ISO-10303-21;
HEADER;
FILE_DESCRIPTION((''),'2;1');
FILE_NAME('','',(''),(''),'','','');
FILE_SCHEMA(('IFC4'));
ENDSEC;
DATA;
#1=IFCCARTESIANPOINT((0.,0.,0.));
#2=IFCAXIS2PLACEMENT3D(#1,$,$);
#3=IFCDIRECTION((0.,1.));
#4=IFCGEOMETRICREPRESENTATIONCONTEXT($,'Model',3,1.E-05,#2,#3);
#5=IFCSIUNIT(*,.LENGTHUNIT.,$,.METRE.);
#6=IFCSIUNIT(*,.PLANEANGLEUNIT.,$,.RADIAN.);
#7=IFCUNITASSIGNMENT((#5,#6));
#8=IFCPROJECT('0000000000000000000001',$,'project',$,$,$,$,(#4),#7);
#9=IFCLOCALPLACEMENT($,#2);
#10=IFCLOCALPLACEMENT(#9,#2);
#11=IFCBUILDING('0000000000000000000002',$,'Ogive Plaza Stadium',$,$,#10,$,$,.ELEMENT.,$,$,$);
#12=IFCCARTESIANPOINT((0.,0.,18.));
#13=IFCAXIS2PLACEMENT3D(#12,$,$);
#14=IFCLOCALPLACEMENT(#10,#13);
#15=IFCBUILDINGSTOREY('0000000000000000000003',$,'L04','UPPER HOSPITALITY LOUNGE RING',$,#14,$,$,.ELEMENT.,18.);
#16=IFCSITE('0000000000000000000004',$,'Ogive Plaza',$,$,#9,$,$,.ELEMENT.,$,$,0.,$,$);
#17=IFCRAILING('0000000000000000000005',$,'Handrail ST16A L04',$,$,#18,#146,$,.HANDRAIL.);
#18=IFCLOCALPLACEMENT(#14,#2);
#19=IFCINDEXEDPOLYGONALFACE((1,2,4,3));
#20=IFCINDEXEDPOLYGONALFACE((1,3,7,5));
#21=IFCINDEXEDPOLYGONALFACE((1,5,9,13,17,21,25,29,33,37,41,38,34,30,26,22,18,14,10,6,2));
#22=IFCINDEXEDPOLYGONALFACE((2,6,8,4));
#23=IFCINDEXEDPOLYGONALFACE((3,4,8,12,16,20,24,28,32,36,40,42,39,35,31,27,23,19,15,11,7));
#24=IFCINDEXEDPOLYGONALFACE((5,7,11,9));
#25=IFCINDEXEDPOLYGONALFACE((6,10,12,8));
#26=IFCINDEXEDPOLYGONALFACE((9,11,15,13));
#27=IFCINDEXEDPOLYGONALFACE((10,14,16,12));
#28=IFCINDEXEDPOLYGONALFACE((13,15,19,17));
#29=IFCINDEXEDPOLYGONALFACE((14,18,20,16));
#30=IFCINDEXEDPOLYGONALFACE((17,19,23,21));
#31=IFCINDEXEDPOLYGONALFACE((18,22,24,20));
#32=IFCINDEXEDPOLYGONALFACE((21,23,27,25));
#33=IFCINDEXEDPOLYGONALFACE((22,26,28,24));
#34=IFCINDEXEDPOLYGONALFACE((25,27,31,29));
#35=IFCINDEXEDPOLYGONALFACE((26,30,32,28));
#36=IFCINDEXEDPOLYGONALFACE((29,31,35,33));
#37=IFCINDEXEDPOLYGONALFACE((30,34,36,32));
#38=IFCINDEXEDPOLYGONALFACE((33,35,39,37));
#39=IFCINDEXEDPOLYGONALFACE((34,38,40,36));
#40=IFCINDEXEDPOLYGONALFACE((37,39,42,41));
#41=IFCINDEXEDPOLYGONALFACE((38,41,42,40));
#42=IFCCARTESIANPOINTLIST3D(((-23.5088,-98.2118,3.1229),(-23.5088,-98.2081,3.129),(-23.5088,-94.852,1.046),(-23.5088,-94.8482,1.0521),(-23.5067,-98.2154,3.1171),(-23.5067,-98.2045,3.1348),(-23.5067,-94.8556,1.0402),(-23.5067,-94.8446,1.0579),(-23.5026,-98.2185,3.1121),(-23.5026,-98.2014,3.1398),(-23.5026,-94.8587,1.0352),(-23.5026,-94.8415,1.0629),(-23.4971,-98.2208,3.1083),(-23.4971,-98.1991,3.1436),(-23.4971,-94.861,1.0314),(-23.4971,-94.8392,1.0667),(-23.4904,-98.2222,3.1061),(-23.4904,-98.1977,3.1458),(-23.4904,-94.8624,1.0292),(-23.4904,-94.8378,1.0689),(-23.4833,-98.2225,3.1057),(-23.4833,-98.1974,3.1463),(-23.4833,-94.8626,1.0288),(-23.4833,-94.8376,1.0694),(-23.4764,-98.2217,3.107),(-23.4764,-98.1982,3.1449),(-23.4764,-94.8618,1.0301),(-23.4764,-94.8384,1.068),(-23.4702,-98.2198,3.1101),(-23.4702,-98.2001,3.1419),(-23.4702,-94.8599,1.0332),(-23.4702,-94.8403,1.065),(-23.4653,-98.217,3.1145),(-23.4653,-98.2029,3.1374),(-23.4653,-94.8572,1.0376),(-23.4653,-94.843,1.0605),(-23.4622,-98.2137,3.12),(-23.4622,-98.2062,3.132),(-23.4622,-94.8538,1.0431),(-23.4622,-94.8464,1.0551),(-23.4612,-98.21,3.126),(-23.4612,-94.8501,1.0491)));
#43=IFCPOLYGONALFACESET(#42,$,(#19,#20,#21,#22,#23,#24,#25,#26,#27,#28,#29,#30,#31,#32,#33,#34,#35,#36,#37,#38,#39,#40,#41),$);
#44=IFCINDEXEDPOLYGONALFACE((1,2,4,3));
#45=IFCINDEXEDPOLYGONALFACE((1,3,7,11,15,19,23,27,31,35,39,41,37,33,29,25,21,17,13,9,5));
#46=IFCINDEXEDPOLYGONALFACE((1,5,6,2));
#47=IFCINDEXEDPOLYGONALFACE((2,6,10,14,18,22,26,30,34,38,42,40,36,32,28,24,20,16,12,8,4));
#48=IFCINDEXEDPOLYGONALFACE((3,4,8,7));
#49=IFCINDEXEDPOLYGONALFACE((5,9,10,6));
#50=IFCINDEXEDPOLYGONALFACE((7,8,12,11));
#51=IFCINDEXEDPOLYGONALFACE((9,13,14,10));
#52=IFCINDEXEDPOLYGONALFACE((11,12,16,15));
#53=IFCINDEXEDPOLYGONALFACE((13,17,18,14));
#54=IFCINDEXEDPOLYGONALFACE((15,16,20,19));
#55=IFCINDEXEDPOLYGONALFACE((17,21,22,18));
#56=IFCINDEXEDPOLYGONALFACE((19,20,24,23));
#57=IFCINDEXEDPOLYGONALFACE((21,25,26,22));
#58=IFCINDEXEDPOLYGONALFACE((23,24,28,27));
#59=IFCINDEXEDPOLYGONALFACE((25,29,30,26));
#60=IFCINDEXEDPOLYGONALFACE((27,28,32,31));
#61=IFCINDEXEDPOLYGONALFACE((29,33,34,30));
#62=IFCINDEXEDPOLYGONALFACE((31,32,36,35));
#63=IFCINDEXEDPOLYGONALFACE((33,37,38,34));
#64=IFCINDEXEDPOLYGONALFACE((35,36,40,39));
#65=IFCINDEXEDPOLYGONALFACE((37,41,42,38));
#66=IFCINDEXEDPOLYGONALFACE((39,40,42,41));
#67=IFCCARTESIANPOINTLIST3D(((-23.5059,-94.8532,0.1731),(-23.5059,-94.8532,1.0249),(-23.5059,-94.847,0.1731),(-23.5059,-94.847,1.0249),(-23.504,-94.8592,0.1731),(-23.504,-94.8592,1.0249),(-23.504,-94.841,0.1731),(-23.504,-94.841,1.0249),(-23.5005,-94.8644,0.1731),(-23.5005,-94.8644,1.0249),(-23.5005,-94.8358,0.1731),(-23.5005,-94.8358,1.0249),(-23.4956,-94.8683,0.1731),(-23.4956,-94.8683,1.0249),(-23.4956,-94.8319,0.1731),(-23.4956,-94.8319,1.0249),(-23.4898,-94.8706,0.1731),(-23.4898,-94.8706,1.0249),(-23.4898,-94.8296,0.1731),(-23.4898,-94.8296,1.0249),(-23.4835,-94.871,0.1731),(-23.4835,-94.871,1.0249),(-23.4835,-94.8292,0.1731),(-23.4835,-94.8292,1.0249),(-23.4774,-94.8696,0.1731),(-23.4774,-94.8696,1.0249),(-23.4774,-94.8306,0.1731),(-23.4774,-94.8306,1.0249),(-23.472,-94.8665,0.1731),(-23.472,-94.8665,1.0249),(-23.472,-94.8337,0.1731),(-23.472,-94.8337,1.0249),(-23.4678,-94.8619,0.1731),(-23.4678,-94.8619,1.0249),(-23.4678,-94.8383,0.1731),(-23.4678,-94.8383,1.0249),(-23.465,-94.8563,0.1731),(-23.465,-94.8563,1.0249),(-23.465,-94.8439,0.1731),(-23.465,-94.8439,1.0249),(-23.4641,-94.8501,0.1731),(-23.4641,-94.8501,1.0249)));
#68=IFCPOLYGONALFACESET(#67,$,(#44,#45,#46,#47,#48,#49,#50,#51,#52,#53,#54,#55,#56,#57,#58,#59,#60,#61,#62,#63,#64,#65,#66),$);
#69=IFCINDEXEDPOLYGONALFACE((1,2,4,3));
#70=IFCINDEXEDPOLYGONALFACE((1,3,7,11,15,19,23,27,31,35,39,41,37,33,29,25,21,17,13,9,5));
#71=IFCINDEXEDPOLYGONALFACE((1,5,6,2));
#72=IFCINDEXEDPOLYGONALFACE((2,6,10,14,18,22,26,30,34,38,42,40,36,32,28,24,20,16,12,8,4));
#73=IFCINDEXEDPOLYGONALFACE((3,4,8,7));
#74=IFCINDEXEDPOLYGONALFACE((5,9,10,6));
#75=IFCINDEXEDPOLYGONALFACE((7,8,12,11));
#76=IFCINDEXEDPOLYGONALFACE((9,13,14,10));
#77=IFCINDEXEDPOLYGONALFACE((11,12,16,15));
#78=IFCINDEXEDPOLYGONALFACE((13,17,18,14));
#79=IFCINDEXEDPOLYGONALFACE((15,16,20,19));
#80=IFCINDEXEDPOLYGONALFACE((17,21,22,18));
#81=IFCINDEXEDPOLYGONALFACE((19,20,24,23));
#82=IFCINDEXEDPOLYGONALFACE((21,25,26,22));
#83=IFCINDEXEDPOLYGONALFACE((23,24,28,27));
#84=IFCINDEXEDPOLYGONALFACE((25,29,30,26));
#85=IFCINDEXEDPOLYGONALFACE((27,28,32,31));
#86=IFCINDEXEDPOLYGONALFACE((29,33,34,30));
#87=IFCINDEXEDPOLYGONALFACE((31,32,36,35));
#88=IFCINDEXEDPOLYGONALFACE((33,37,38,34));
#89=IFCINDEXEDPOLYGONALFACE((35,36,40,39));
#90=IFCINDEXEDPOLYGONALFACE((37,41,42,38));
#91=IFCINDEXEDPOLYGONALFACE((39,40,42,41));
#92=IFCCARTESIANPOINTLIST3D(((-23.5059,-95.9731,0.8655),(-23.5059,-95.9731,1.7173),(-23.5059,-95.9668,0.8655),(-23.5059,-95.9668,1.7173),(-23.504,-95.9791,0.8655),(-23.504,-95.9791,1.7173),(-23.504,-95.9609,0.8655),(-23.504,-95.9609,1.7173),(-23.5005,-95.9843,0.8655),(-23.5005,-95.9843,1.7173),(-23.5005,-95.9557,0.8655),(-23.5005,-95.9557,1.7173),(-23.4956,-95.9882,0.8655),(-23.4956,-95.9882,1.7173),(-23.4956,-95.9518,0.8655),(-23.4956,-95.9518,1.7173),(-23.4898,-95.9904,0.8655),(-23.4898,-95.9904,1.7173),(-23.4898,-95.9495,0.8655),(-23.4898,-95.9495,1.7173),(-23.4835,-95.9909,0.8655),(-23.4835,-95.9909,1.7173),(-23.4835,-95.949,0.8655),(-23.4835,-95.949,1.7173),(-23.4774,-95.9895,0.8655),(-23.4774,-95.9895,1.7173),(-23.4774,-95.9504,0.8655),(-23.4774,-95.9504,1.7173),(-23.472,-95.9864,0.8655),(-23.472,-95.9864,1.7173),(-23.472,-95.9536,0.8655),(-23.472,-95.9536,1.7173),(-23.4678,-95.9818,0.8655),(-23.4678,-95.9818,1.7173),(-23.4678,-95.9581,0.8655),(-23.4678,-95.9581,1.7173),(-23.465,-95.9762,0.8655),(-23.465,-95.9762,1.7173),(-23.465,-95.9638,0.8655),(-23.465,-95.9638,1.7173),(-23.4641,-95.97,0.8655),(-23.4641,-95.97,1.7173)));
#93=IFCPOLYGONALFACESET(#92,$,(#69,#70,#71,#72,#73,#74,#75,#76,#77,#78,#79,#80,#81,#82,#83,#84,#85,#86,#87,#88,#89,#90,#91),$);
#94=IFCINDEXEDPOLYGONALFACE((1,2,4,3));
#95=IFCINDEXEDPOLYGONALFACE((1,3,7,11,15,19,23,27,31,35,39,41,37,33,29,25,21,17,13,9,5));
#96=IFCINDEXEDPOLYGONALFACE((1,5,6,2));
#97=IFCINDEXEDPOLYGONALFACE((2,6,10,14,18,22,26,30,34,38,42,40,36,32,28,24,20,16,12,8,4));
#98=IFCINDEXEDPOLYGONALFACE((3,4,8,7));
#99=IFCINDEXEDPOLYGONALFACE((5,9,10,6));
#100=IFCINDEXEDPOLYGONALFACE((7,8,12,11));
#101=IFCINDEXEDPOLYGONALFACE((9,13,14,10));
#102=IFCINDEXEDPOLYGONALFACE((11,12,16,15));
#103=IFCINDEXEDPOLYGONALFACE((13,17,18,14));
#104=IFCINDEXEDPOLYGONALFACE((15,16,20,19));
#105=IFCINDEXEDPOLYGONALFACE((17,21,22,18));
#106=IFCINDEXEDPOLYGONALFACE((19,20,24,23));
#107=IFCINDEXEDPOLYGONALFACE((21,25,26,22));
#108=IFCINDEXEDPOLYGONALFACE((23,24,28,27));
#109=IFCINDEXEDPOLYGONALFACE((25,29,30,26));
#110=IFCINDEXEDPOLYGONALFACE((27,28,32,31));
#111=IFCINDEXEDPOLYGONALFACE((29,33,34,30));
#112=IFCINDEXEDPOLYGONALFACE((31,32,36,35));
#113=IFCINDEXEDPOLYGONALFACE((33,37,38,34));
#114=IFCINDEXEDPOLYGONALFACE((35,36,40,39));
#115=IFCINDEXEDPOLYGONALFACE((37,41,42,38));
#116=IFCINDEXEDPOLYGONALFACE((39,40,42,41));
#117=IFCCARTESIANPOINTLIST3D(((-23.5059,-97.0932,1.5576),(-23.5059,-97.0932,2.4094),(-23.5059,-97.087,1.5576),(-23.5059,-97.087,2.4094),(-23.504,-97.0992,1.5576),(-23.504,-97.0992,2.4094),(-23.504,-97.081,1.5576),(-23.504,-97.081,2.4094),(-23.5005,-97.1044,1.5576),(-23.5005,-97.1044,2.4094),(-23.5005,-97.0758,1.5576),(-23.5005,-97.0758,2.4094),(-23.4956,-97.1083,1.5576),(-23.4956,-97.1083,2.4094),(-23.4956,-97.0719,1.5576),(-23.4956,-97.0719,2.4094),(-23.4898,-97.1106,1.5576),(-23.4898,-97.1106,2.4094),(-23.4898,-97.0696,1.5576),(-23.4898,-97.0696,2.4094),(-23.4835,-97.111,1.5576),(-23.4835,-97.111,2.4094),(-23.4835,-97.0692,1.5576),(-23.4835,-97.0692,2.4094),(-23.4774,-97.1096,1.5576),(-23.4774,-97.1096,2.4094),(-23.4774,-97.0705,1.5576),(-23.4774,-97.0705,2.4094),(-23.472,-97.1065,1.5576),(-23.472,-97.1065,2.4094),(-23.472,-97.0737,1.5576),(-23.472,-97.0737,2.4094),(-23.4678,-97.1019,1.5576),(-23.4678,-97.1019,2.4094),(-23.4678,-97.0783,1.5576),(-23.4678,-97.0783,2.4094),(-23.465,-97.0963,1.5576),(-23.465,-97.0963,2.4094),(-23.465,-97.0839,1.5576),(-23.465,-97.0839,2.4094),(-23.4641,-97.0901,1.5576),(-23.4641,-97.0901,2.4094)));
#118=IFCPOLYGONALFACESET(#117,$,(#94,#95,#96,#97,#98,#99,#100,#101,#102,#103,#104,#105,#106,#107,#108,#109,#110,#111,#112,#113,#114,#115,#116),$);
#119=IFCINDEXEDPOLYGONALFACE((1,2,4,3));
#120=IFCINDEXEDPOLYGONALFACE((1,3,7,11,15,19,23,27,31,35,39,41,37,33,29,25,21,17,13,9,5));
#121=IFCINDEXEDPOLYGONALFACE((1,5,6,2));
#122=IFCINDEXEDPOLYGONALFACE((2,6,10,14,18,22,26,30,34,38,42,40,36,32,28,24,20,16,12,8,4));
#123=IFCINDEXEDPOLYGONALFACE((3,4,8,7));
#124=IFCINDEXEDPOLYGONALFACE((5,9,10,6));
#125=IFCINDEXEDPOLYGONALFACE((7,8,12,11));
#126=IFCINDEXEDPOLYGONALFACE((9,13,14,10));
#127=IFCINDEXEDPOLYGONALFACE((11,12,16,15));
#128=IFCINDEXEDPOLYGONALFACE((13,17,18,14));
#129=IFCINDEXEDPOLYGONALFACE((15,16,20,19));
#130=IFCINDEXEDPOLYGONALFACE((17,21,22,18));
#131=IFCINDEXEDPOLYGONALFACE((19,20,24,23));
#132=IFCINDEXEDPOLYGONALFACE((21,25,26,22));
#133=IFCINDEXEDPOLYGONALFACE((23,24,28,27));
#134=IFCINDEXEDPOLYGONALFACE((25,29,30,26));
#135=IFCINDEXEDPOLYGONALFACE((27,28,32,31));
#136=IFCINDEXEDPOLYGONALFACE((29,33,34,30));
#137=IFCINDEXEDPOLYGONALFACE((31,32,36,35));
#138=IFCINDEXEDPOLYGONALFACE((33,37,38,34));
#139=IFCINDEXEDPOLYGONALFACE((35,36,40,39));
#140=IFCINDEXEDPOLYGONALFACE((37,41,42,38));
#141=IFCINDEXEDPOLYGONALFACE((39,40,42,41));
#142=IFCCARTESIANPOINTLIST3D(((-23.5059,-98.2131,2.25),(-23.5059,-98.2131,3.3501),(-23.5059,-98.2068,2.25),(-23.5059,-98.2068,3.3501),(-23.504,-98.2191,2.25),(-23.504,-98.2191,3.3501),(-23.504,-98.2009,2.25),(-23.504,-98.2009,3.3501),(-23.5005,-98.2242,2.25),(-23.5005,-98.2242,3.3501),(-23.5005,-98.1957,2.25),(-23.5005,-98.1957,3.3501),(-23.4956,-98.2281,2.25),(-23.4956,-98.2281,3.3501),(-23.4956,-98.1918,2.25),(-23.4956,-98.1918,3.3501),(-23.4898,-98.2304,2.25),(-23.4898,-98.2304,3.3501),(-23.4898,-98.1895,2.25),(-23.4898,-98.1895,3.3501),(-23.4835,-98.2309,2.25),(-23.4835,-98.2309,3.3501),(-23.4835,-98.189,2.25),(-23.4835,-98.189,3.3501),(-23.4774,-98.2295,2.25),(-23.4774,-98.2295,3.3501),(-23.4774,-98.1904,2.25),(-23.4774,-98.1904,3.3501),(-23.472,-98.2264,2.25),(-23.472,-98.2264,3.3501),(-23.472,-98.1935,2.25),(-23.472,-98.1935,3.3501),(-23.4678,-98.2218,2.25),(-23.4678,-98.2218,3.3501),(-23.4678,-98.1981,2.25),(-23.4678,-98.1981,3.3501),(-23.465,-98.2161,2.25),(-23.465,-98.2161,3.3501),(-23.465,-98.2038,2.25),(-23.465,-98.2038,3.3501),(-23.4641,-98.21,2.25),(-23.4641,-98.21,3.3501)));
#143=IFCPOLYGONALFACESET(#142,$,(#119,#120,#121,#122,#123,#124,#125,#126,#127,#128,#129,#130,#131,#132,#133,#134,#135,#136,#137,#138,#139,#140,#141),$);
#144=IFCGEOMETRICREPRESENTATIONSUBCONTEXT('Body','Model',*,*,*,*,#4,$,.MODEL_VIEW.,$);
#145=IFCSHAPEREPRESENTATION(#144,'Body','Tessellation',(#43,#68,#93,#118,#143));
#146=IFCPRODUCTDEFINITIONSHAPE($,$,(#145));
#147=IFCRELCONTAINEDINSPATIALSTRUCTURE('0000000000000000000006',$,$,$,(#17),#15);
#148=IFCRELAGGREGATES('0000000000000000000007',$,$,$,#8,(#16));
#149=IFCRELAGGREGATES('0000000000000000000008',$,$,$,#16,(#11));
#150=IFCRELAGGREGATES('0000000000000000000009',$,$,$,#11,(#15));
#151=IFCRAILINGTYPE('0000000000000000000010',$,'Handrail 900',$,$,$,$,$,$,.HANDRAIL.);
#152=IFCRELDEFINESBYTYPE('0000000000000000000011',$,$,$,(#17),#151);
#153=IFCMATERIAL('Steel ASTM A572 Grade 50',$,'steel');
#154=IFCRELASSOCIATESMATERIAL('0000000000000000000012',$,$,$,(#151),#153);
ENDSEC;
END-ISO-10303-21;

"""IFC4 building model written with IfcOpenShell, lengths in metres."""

from ifc_helpers import new_model, si_unit, direction, frame, origin, origin_2d, place, context, subcontext, project, spatial, circle, extrude, material, type_object, element, save


model = new_model("IFC4")

# Units and contexts
model_context = context("Model", 3, precision=1e-05, world=origin(), true_north=direction((0.0, 1.0)))
body_context = subcontext(model_context, "Body", "Model", "MODEL_VIEW")
ifc_project = project(units=[si_unit("LENGTHUNIT", "METRE"), si_unit("PLANEANGLEUNIT", "RADIAN")], contexts=[model_context])

# Site, building, storey
site_placement = place(None, origin())
site = spatial("IfcSite", under=ifc_project, at=site_placement, Name="Ogive Plaza", CompositionType="ELEMENT", RefElevation=0.0)
building_placement = place(site_placement, origin())
building = spatial("IfcBuilding", under=site, at=building_placement, Name="Ogive Plaza Stadium", CompositionType="ELEMENT")
storey_placement = place(building_placement, frame((0.0, 0.0, 18.0)))
storey = spatial("IfcBuildingStorey", under=building, at=storey_placement, Name="L04", Description="UPPER HOSPITALITY LOUNGE RING", CompositionType="ELEMENT", Elevation=18.0)

# Railing
ifc_material_1 = material(Name="Steel ASTM A572 Grade 50", Category="steel")
railing_type_1 = type_object("IfcRailingType", Name="Handrail 900", PredefinedType="HANDRAIL", material=ifc_material_1)
for number, where, name in (
    (1, (-23.4851, -94.8501, 0.1731), "Handrail ST16A L04"),
):
    element("IfcRailing", number, at=place(storey_placement, frame(where)), inside=storey, type_object=railing_type_1, Name=name, PredefinedType="HANDRAIL", context=body_context, shape_type="SweptSolid", body=[
        extrude(circle(Radius=0.0239, at=origin_2d()), frame((0.0, 0.0, 0.876), z_axis=(0.0, -0.850606, 0.525803), x_axis=(1.0, 0.0, 0.0)), (0.0, 0.0, 1.0), 3.95),
        extrude(circle(Radius=0.021, at=origin_2d()), origin(), (0.0, 0.0, 1.0), 0.8518),
        extrude(circle(Radius=0.021, at=origin_2d()), frame((0.0, -1.1199, 0.6924)), (0.0, 0.0, 1.0), 0.8518),
        extrude(circle(Radius=0.021, at=origin_2d()), frame((0.0, -2.24, 1.3845)), (0.0, 0.0, 1.0), 0.8518),
        extrude(circle(Radius=0.021, at=origin_2d()), frame((0.0, -3.3599, 2.0769)), (0.0, 0.0, 1.0), 1.1001),
    ])

save(model, "model.ifc")
